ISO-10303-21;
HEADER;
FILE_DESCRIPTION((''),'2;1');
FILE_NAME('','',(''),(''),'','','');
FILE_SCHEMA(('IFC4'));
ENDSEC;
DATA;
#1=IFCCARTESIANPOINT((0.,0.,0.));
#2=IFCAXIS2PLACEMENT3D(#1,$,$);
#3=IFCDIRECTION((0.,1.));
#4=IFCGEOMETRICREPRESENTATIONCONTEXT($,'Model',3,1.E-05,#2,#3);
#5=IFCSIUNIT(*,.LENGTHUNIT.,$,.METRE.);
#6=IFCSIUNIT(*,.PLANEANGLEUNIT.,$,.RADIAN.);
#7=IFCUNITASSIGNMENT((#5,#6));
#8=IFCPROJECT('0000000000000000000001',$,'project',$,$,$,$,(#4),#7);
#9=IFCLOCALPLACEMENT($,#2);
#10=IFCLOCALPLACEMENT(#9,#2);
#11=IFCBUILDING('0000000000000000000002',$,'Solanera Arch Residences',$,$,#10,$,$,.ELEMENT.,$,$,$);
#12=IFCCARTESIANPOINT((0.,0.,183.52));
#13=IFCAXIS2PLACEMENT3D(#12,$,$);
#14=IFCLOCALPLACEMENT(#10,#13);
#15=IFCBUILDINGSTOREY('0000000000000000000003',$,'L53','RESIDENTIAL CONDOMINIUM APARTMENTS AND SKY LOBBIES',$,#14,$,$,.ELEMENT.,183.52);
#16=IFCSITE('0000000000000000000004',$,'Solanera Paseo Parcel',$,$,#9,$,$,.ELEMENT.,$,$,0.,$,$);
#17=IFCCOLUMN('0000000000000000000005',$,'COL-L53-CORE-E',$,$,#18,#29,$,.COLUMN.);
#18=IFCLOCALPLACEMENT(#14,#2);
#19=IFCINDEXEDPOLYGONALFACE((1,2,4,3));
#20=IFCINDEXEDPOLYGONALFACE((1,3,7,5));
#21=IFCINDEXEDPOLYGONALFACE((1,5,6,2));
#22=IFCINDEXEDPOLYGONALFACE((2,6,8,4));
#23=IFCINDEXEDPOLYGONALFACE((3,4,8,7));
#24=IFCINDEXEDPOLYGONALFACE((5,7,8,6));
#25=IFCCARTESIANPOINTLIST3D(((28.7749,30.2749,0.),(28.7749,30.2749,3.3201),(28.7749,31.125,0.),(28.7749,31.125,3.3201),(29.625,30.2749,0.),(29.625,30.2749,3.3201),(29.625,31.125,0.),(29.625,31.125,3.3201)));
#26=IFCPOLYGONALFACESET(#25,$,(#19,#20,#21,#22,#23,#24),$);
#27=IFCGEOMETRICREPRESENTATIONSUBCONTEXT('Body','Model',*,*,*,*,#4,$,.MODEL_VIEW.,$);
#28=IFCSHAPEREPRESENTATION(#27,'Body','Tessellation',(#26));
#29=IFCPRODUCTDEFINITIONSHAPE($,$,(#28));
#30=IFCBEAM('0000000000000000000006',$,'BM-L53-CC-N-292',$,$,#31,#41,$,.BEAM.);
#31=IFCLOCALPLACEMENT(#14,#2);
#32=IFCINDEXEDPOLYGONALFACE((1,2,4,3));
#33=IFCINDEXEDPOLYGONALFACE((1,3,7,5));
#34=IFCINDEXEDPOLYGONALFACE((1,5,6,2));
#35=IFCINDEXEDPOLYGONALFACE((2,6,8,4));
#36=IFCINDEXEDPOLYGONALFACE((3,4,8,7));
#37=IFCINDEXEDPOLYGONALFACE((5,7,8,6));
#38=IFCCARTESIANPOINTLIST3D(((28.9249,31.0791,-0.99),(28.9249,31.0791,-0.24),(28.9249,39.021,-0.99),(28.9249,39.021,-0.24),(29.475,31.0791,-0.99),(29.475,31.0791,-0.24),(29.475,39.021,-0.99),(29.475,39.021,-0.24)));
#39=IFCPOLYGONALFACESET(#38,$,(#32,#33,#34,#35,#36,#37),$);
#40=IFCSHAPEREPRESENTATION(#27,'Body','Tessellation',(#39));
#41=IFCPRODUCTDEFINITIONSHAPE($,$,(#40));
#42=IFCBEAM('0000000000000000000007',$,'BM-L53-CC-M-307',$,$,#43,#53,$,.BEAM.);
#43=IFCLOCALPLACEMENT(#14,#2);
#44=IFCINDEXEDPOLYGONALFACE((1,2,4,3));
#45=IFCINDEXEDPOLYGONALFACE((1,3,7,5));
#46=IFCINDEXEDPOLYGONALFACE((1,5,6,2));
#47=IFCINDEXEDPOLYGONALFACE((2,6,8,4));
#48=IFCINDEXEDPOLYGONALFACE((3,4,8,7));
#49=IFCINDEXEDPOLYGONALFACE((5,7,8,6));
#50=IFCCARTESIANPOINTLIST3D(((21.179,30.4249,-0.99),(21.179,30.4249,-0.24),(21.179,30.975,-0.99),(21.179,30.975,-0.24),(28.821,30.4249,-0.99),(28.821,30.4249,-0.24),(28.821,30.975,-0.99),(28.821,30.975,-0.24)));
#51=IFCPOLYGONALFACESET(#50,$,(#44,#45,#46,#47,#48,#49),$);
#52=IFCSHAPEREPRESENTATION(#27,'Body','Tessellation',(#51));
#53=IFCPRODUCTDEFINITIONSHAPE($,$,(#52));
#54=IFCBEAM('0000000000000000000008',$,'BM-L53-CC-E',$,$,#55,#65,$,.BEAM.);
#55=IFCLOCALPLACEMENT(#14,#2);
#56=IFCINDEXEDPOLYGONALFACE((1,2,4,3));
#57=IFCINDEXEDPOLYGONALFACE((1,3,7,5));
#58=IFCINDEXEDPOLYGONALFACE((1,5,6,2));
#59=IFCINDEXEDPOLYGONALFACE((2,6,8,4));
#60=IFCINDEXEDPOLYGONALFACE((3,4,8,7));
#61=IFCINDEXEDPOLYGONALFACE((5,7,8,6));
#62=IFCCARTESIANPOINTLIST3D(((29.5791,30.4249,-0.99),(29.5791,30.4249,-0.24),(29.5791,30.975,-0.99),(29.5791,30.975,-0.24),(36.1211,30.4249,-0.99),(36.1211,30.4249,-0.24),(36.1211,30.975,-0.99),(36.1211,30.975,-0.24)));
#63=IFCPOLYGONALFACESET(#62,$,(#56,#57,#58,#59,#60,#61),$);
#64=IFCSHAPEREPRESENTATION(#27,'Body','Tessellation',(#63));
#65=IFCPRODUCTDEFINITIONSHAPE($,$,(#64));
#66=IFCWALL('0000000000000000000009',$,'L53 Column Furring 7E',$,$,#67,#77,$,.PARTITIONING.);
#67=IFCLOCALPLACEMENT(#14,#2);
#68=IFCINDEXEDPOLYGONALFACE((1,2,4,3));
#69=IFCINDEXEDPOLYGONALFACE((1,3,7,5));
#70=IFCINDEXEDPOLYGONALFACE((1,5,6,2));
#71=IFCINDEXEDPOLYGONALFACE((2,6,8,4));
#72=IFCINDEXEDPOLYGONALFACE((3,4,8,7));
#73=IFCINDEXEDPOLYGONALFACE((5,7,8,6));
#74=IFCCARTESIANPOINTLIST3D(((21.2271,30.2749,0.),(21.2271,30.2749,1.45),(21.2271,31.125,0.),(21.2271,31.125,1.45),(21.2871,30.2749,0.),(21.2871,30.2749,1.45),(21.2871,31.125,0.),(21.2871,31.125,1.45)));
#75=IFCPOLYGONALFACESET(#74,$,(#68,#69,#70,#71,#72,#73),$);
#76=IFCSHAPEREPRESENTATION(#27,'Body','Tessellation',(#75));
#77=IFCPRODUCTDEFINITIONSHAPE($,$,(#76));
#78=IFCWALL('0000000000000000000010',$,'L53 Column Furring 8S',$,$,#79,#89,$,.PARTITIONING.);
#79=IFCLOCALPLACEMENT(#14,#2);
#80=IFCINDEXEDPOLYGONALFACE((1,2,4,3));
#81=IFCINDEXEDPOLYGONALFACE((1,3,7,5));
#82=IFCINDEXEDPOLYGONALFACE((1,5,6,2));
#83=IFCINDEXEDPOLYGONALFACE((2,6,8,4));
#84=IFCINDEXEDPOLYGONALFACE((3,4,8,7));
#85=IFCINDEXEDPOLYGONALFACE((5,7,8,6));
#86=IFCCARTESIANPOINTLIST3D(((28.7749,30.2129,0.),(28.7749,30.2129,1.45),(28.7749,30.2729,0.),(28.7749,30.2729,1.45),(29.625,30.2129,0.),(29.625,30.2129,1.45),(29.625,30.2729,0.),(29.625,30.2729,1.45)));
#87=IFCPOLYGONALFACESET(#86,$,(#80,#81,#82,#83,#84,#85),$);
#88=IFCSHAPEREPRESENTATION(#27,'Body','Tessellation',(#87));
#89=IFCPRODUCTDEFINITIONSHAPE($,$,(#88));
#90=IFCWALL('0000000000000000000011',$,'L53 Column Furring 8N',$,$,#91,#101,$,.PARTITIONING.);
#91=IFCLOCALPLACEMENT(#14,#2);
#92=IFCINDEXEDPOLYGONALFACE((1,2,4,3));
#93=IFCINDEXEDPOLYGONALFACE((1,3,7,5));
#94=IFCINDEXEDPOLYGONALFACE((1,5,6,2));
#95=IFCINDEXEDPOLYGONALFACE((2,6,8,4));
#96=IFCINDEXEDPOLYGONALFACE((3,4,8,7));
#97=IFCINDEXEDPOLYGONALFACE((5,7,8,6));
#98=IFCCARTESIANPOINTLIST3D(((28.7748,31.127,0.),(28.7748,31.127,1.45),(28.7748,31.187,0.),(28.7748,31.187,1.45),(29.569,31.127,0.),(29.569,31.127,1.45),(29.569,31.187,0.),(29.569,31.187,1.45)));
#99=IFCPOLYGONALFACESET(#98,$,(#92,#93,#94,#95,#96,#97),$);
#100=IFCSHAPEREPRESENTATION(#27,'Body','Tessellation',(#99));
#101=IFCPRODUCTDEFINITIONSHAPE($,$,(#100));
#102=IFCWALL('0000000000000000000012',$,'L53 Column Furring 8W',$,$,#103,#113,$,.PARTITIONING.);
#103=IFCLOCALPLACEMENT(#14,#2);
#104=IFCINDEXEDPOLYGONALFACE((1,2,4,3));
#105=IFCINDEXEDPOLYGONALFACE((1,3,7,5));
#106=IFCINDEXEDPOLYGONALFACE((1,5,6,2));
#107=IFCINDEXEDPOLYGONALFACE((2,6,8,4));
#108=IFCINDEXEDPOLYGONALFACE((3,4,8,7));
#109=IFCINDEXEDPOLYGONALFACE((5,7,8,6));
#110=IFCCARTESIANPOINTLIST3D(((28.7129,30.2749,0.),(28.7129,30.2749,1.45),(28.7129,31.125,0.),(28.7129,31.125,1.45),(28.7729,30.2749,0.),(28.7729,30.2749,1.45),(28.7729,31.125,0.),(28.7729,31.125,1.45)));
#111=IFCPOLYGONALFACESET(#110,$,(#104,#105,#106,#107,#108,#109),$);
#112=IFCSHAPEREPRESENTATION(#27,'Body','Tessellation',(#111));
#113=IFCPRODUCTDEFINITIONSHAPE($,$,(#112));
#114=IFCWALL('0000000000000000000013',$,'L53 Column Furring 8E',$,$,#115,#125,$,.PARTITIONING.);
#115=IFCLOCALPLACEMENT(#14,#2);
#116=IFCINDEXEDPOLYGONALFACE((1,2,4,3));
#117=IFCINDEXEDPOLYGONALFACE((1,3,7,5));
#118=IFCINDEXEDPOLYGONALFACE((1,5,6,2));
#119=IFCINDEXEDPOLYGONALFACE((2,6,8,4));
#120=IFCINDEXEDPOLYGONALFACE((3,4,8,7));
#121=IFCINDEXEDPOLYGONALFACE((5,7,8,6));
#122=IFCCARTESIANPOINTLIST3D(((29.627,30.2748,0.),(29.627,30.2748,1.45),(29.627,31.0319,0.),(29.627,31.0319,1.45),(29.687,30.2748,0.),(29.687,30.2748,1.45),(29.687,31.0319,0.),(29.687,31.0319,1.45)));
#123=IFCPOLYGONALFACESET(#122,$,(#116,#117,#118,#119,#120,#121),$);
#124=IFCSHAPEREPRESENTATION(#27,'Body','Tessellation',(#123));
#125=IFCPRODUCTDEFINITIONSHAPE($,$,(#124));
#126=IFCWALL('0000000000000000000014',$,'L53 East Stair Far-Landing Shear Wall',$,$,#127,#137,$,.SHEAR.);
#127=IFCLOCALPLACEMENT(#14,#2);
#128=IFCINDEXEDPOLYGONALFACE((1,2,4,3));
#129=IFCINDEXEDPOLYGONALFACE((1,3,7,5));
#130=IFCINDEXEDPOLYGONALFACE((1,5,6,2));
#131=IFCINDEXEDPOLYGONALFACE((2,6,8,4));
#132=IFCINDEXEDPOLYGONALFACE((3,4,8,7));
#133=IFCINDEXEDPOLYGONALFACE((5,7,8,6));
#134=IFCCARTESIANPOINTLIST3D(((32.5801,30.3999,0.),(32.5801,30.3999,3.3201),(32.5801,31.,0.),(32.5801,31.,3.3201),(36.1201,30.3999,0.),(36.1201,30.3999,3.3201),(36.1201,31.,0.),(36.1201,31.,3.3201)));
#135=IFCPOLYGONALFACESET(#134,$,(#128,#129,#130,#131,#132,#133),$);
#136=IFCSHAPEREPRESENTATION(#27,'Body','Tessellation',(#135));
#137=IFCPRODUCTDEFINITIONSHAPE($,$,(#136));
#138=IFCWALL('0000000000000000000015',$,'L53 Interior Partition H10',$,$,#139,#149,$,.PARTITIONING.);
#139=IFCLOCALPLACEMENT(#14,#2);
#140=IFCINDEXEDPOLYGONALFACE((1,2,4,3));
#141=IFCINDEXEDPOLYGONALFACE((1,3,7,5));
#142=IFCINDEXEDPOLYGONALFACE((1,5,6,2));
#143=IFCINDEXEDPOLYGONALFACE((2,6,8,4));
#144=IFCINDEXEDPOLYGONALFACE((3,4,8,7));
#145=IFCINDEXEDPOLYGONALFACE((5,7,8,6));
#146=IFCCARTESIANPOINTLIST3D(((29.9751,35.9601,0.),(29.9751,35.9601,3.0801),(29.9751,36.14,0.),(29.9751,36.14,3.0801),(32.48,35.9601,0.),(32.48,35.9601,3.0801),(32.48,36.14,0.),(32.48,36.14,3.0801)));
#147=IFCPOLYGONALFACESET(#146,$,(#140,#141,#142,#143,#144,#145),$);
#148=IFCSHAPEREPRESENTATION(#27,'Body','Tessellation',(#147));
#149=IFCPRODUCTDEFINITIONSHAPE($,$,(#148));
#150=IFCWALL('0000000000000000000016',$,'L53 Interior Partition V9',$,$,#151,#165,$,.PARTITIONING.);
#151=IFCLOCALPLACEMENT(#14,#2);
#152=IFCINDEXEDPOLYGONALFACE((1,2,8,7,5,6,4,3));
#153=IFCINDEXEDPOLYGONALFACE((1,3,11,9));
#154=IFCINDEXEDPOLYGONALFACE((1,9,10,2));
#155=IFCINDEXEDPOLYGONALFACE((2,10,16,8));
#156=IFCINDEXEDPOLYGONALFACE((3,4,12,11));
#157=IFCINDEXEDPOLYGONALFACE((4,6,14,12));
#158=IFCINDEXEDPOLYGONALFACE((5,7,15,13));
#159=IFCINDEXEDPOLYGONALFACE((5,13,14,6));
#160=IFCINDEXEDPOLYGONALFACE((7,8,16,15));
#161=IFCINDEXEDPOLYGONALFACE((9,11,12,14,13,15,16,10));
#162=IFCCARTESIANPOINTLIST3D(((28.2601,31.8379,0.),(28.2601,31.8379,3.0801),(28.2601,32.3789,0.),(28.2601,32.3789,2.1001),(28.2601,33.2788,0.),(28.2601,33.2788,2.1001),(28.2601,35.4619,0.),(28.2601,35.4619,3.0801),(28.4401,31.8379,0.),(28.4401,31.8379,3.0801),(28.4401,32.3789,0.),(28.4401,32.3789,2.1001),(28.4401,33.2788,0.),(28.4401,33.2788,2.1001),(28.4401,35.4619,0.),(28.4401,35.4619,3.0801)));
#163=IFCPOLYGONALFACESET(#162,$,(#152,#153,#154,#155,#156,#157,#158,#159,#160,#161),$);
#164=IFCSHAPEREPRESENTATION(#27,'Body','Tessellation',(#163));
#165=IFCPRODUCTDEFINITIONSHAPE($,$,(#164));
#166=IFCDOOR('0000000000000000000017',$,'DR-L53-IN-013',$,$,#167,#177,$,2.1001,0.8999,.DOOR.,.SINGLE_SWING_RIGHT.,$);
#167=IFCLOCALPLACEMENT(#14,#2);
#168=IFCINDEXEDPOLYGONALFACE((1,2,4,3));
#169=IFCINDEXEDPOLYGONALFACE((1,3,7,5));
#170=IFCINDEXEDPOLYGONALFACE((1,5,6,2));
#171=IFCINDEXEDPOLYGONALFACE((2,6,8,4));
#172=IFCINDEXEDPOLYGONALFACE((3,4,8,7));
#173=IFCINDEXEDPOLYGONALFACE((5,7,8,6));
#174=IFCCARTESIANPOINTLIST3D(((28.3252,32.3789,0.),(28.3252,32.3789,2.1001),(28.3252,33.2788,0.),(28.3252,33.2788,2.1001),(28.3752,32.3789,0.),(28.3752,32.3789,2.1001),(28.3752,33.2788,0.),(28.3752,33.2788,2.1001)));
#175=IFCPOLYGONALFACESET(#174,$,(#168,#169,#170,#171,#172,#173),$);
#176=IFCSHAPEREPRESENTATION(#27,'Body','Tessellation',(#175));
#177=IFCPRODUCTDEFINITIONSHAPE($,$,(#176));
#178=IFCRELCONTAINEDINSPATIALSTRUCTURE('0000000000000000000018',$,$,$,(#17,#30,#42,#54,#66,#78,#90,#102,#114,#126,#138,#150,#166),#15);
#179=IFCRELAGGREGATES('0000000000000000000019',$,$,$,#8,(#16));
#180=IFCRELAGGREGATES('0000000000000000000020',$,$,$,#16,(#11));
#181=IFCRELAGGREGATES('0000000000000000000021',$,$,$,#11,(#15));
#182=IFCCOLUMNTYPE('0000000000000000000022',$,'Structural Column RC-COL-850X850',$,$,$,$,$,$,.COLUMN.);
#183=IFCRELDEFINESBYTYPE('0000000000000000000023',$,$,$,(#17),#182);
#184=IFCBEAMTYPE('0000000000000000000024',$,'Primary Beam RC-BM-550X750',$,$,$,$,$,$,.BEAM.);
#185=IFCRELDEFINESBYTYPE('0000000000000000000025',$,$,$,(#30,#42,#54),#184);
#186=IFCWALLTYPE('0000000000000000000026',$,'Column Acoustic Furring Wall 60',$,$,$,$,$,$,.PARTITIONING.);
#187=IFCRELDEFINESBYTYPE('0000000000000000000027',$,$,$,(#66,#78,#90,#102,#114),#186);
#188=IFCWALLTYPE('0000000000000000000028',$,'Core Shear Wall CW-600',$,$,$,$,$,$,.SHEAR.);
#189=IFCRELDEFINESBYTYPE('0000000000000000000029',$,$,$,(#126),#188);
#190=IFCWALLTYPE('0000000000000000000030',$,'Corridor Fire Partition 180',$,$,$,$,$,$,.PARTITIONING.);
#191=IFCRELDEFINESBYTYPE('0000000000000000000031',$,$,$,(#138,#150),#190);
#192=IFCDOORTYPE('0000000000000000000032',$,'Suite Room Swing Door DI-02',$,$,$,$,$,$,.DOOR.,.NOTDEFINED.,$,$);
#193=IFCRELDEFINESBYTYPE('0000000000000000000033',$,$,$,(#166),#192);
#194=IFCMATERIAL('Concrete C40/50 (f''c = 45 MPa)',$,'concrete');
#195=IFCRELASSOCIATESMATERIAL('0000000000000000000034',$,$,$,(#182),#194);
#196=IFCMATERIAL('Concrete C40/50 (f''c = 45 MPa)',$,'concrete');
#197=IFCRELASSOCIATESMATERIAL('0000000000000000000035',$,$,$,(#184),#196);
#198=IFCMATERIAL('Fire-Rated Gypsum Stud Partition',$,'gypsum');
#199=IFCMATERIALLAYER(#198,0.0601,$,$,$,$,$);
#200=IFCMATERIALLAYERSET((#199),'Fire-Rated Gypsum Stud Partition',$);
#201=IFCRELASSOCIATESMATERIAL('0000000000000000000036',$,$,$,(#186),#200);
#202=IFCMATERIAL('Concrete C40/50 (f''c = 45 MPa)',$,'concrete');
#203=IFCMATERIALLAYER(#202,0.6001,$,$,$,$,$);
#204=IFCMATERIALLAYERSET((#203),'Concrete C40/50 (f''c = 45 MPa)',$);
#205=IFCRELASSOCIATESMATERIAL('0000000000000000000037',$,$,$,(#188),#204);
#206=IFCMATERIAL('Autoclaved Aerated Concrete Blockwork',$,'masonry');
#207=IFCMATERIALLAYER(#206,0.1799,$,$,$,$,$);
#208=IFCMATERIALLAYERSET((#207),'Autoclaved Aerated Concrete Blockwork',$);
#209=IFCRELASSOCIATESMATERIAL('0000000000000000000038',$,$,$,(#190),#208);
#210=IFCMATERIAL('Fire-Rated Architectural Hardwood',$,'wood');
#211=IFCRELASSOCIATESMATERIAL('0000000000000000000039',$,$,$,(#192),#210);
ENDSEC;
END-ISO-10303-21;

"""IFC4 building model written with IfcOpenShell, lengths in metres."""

from ifc_helpers import new_model, si_unit, direction, frame, frame_2d, origin, origin_2d, place, context, subcontext, project, spatial, rectangle, extrude, material, layer, layer_set, material_profile, profile_set, type_object, element, fill, save


model = new_model("IFC4")

# Units and contexts
model_context = context("Model", 3, precision=1e-05, world=origin(), true_north=direction((0.0, 1.0)))
body_context = subcontext(model_context, "Body", "Model", "MODEL_VIEW")
ifc_project = project(units=[si_unit("LENGTHUNIT", "METRE"), si_unit("PLANEANGLEUNIT", "RADIAN")], contexts=[model_context])

# Site, building, storey
site_placement = place(None, origin())
site = spatial("IfcSite", under=ifc_project, at=site_placement, Name="Solanera Paseo Parcel", CompositionType="ELEMENT", RefElevation=0.0)
building_placement = place(site_placement, origin())
building = spatial("IfcBuilding", under=site, at=building_placement, Name="Solanera Arch Residences", CompositionType="ELEMENT")
storey_placement = place(building_placement, frame((0.0, 0.0, 183.52)))
storey = spatial("IfcBuildingStorey", under=building, at=storey_placement, Name="L53", Description="RESIDENTIAL CONDOMINIUM APARTMENTS AND SKY LOBBIES", CompositionType="ELEMENT", Elevation=183.52)

# Column
ifc_material_1 = material(Name="Concrete C40/50 (f'c = 45 MPa)", Category="concrete")
ifc_material_profile_1 = material_profile(ifc_material_1, rectangle(XDim=0.8501, YDim=0.8501, at=origin_2d()))
ifc_profile_set_1 = profile_set([ifc_material_profile_1], Name="Concrete C40/50 (f'c = 45 MPa)")
column_type = type_object("IfcColumnType", Name="Structural Column RC-COL-850X850", PredefinedType="COLUMN", material=ifc_profile_set_1)
column_placement = place(storey_placement, frame((29.2, 30.7, 0.0), z_axis=(0.0, 0.0, 1.0), x_axis=(1.0, 0.0, 0.0)))
element("IfcColumn", 1, at=column_placement, inside=storey, type_object=column_type, Name="COL-L53-CORE-E", PredefinedType="COLUMN", context=body_context, shape_type="SweptSolid", body=[
    extrude(rectangle(XDim=0.8501, YDim=0.8501, at=origin_2d()), origin(), (0.0, 0.0, 1.0), 3.3201),
])

# Beams
ifc_material_2 = material(Name="Concrete C40/50 (f'c = 45 MPa)", Category="concrete")
ifc_material_profile_2 = material_profile(ifc_material_2, rectangle(XDim=0.55, YDim=0.75, at=origin_2d()))
ifc_profile_set_2 = profile_set([ifc_material_profile_2], Name="Concrete C40/50 (f'c = 45 MPa)")
beam_type = type_object("IfcBeamType", Name="Primary Beam RC-BM-550X750", PredefinedType="BEAM", material=ifc_profile_set_2)
beam_1_placement = place(storey_placement, frame((29.2, 31.0791, -0.615), z_axis=(0.0, 1.0, 0.0), x_axis=(-1.0, 0.0, 0.0)))
element("IfcBeam", 2, at=beam_1_placement, inside=storey, type_object=beam_type, Name="BM-L53-CC-N-292", PredefinedType="BEAM", context=body_context, shape_type="SweptSolid", body=[
    extrude(rectangle(XDim=0.55, YDim=0.75, at=origin_2d()), origin(), (0.0, 0.0, 1.0), 7.9419),
])
beam_2_placement = place(storey_placement, frame((21.179, 30.7, -0.615), z_axis=(1.0, 0.0, 0.0), x_axis=(0.0, 1.0, 0.0)))
element("IfcBeam", 3, at=beam_2_placement, inside=storey, type_object=beam_type, Name="BM-L53-CC-M-307", PredefinedType="BEAM", context=body_context, shape_type="SweptSolid", body=[
    extrude(rectangle(XDim=0.55, YDim=0.75, at=origin_2d()), origin(), (0.0, 0.0, 1.0), 7.6421),
])
beam_3_placement = place(storey_placement, frame((29.5791, 30.7, -0.615), z_axis=(1.0, 0.0, 0.0), x_axis=(0.0, 1.0, 0.0)))
element("IfcBeam", 4, at=beam_3_placement, inside=storey, type_object=beam_type, Name="BM-L53-CC-E", PredefinedType="BEAM", context=body_context, shape_type="SweptSolid", body=[
    extrude(rectangle(XDim=0.55, YDim=0.75, at=origin_2d()), origin(), (0.0, 0.0, 1.0), 6.542),
])

# Walls
ifc_material_3 = material(Name="Fire-Rated Gypsum Stud Partition", Category="gypsum")
ifc_layer_1 = layer(ifc_material_3, 0.0601)
ifc_layer_set_1 = layer_set([ifc_layer_1], Name="Fire-Rated Gypsum Stud Partition")
wall_type_1 = type_object("IfcWallType", Name="Column Acoustic Furring Wall 60", PredefinedType="PARTITIONING", material=ifc_layer_set_1)
for number, where, z_axis, x_axis, name in (
    (5, (21.2571, 30.2749, 0.0), (0.0, 0.0, 1.0), (0.0, 1.0, 0.0), "L53 Column Furring 7E"),
    (6, (28.7749, 30.2429, 0.0), (0.0, 0.0, 1.0), (1.0, 0.0, 0.0), "L53 Column Furring 8S"),
):
    element("IfcWall", number, at=place(storey_placement, frame(where, z_axis=z_axis, x_axis=x_axis)), inside=storey, type_object=wall_type_1, Name=name, PredefinedType="PARTITIONING", context=body_context, shape_type="SweptSolid", body=[
        extrude(rectangle(XDim=0.8501, YDim=0.0601, at=frame_2d((0.425, 0.0))), origin(), (0.0, 0.0, 1.0), 1.45),
    ])
wall_1_placement = place(storey_placement, frame((28.7749, 31.157, 0.0), z_axis=(0.0, 0.0, 1.0), x_axis=(1.0, 0.0, 0.0)))
element("IfcWall", 7, at=wall_1_placement, inside=storey, type_object=wall_type_1, Name="L53 Column Furring 8N", PredefinedType="PARTITIONING", context=body_context, shape_type="SweptSolid", body=[
    extrude(rectangle(XDim=0.7942, YDim=0.0601, at=frame_2d((0.397, 0.0))), origin(), (0.0, 0.0, 1.0), 1.45),
])
wall_2_placement = place(storey_placement, frame((28.7429, 30.2749, 0.0), z_axis=(0.0, 0.0, 1.0), x_axis=(0.0, 1.0, 0.0)))
element("IfcWall", 8, at=wall_2_placement, inside=storey, type_object=wall_type_1, Name="L53 Column Furring 8W", PredefinedType="PARTITIONING", context=body_context, shape_type="SweptSolid", body=[
    extrude(rectangle(XDim=0.8501, YDim=0.0601, at=frame_2d((0.425, 0.0))), origin(), (0.0, 0.0, 1.0), 1.45),
])
wall_3_placement = place(storey_placement, frame((29.657, 30.2749, 0.0), z_axis=(0.0, 0.0, 1.0), x_axis=(0.0, 1.0, 0.0)))
element("IfcWall", 9, at=wall_3_placement, inside=storey, type_object=wall_type_1, Name="L53 Column Furring 8E", PredefinedType="PARTITIONING", context=body_context, shape_type="SweptSolid", body=[
    extrude(rectangle(XDim=0.7571, YDim=0.0601, at=frame_2d((0.3784, 0.0))), origin(), (0.0, 0.0, 1.0), 1.45),
])

# Walls
ifc_material_4 = material(Name="Concrete C40/50 (f'c = 45 MPa)", Category="concrete")
ifc_layer_2 = layer(ifc_material_4, 0.6001)
ifc_layer_set_2 = layer_set([ifc_layer_2], Name="Concrete C40/50 (f'c = 45 MPa)")
wall_type_2 = type_object("IfcWallType", Name="Core Shear Wall CW-600", PredefinedType="SHEAR", material=ifc_layer_set_2)
wall_4_placement = place(storey_placement, frame((32.5801, 30.7, 0.0), z_axis=(0.0, 0.0, 1.0), x_axis=(1.0, 0.0, 0.0)))
element("IfcWall", 10, at=wall_4_placement, inside=storey, type_object=wall_type_2, Name="L53 East Stair Far-Landing Shear Wall", PredefinedType="SHEAR", context=body_context, shape_type="SweptSolid", body=[
    extrude(rectangle(XDim=3.54, YDim=0.6001, at=frame_2d((1.77, 0.0))), origin(), (0.0, 0.0, 1.0), 3.3201),
])
ifc_material_5 = material(Name="Autoclaved Aerated Concrete Blockwork", Category="masonry")
ifc_layer_3 = layer(ifc_material_5, 0.1799)
ifc_layer_set_3 = layer_set([ifc_layer_3], Name="Autoclaved Aerated Concrete Blockwork")
wall_type_3 = type_object("IfcWallType", Name="Corridor Fire Partition 180", PredefinedType="PARTITIONING", material=ifc_layer_set_3)
wall_5_placement = place(storey_placement, frame((29.9751, 36.05, 0.0), z_axis=(0.0, 0.0, 1.0), x_axis=(1.0, 0.0, 0.0)))
element("IfcWall", 11, at=wall_5_placement, inside=storey, type_object=wall_type_3, Name="L53 Interior Partition H10", PredefinedType="PARTITIONING", context=body_context, shape_type="SweptSolid", body=[
    extrude(rectangle(XDim=2.5049, YDim=0.1799, at=frame_2d((1.2524, 0.0))), origin(), (0.0, 0.0, 1.0), 3.0801),
])

# Wall, opening, door
wall_6_placement = place(storey_placement, frame((28.3501, 31.8379, 0.0), z_axis=(0.0, 0.0, 1.0), x_axis=(0.0, 1.0, 0.0)))
wall_6 = element("IfcWall", 12, at=wall_6_placement, inside=storey, type_object=wall_type_3, Name="L53 Interior Partition V9", PredefinedType="PARTITIONING", context=body_context, shape_type="SweptSolid", body=[
    extrude(rectangle(XDim=3.624, YDim=0.1799, at=frame_2d((1.812, 0.0))), origin(), (0.0, 0.0, 1.0), 3.0801),
])
opening_1_placement = place(wall_6_placement, frame((0.541, 0.0, 0.0)))
opening_1 = element("IfcOpeningElement", 13, at=opening_1_placement, cuts=wall_6, PredefinedType="OPENING", context=body_context, shape_type="SweptSolid", body=[
    extrude(rectangle(XDim=0.8999, YDim=2.1001, at=frame_2d((0.45, 1.05))), frame((0.0, 0.1001, 0.0), z_axis=(0.0, -1.0, 0.0), x_axis=(1.0, 0.0, 0.0)), (0.0, 0.0, 1.0), 0.1999),
])
ifc_material_6 = material(Name="Fire-Rated Architectural Hardwood", Category="wood")
door_type_1 = type_object("IfcDoorType", Name="Suite Room Swing Door DI-02", OperationType="NOTDEFINED", PredefinedType="DOOR", material=ifc_material_6)
door_1_placement = place(opening_1_placement, origin())
door_1 = element("IfcDoor", 14, at=door_1_placement, inside=storey, type_object=door_type_1, Name="DR-L53-IN-013", OperationType="SINGLE_SWING_RIGHT", OverallHeight=2.1001, OverallWidth=0.8999, PredefinedType="DOOR", context=body_context, shape_type="SweptSolid", body=[
    extrude(rectangle(XDim=0.8999, YDim=2.1001, at=frame_2d((0.45, 1.05))), frame((0.0, 0.0249, 0.0), z_axis=(0.0, -1.0, 0.0), x_axis=(1.0, 0.0, 0.0)), (0.0, 0.0, 1.0), 0.05),
])
fill(opening_1, door_1)

save(model, "model.ifc")
